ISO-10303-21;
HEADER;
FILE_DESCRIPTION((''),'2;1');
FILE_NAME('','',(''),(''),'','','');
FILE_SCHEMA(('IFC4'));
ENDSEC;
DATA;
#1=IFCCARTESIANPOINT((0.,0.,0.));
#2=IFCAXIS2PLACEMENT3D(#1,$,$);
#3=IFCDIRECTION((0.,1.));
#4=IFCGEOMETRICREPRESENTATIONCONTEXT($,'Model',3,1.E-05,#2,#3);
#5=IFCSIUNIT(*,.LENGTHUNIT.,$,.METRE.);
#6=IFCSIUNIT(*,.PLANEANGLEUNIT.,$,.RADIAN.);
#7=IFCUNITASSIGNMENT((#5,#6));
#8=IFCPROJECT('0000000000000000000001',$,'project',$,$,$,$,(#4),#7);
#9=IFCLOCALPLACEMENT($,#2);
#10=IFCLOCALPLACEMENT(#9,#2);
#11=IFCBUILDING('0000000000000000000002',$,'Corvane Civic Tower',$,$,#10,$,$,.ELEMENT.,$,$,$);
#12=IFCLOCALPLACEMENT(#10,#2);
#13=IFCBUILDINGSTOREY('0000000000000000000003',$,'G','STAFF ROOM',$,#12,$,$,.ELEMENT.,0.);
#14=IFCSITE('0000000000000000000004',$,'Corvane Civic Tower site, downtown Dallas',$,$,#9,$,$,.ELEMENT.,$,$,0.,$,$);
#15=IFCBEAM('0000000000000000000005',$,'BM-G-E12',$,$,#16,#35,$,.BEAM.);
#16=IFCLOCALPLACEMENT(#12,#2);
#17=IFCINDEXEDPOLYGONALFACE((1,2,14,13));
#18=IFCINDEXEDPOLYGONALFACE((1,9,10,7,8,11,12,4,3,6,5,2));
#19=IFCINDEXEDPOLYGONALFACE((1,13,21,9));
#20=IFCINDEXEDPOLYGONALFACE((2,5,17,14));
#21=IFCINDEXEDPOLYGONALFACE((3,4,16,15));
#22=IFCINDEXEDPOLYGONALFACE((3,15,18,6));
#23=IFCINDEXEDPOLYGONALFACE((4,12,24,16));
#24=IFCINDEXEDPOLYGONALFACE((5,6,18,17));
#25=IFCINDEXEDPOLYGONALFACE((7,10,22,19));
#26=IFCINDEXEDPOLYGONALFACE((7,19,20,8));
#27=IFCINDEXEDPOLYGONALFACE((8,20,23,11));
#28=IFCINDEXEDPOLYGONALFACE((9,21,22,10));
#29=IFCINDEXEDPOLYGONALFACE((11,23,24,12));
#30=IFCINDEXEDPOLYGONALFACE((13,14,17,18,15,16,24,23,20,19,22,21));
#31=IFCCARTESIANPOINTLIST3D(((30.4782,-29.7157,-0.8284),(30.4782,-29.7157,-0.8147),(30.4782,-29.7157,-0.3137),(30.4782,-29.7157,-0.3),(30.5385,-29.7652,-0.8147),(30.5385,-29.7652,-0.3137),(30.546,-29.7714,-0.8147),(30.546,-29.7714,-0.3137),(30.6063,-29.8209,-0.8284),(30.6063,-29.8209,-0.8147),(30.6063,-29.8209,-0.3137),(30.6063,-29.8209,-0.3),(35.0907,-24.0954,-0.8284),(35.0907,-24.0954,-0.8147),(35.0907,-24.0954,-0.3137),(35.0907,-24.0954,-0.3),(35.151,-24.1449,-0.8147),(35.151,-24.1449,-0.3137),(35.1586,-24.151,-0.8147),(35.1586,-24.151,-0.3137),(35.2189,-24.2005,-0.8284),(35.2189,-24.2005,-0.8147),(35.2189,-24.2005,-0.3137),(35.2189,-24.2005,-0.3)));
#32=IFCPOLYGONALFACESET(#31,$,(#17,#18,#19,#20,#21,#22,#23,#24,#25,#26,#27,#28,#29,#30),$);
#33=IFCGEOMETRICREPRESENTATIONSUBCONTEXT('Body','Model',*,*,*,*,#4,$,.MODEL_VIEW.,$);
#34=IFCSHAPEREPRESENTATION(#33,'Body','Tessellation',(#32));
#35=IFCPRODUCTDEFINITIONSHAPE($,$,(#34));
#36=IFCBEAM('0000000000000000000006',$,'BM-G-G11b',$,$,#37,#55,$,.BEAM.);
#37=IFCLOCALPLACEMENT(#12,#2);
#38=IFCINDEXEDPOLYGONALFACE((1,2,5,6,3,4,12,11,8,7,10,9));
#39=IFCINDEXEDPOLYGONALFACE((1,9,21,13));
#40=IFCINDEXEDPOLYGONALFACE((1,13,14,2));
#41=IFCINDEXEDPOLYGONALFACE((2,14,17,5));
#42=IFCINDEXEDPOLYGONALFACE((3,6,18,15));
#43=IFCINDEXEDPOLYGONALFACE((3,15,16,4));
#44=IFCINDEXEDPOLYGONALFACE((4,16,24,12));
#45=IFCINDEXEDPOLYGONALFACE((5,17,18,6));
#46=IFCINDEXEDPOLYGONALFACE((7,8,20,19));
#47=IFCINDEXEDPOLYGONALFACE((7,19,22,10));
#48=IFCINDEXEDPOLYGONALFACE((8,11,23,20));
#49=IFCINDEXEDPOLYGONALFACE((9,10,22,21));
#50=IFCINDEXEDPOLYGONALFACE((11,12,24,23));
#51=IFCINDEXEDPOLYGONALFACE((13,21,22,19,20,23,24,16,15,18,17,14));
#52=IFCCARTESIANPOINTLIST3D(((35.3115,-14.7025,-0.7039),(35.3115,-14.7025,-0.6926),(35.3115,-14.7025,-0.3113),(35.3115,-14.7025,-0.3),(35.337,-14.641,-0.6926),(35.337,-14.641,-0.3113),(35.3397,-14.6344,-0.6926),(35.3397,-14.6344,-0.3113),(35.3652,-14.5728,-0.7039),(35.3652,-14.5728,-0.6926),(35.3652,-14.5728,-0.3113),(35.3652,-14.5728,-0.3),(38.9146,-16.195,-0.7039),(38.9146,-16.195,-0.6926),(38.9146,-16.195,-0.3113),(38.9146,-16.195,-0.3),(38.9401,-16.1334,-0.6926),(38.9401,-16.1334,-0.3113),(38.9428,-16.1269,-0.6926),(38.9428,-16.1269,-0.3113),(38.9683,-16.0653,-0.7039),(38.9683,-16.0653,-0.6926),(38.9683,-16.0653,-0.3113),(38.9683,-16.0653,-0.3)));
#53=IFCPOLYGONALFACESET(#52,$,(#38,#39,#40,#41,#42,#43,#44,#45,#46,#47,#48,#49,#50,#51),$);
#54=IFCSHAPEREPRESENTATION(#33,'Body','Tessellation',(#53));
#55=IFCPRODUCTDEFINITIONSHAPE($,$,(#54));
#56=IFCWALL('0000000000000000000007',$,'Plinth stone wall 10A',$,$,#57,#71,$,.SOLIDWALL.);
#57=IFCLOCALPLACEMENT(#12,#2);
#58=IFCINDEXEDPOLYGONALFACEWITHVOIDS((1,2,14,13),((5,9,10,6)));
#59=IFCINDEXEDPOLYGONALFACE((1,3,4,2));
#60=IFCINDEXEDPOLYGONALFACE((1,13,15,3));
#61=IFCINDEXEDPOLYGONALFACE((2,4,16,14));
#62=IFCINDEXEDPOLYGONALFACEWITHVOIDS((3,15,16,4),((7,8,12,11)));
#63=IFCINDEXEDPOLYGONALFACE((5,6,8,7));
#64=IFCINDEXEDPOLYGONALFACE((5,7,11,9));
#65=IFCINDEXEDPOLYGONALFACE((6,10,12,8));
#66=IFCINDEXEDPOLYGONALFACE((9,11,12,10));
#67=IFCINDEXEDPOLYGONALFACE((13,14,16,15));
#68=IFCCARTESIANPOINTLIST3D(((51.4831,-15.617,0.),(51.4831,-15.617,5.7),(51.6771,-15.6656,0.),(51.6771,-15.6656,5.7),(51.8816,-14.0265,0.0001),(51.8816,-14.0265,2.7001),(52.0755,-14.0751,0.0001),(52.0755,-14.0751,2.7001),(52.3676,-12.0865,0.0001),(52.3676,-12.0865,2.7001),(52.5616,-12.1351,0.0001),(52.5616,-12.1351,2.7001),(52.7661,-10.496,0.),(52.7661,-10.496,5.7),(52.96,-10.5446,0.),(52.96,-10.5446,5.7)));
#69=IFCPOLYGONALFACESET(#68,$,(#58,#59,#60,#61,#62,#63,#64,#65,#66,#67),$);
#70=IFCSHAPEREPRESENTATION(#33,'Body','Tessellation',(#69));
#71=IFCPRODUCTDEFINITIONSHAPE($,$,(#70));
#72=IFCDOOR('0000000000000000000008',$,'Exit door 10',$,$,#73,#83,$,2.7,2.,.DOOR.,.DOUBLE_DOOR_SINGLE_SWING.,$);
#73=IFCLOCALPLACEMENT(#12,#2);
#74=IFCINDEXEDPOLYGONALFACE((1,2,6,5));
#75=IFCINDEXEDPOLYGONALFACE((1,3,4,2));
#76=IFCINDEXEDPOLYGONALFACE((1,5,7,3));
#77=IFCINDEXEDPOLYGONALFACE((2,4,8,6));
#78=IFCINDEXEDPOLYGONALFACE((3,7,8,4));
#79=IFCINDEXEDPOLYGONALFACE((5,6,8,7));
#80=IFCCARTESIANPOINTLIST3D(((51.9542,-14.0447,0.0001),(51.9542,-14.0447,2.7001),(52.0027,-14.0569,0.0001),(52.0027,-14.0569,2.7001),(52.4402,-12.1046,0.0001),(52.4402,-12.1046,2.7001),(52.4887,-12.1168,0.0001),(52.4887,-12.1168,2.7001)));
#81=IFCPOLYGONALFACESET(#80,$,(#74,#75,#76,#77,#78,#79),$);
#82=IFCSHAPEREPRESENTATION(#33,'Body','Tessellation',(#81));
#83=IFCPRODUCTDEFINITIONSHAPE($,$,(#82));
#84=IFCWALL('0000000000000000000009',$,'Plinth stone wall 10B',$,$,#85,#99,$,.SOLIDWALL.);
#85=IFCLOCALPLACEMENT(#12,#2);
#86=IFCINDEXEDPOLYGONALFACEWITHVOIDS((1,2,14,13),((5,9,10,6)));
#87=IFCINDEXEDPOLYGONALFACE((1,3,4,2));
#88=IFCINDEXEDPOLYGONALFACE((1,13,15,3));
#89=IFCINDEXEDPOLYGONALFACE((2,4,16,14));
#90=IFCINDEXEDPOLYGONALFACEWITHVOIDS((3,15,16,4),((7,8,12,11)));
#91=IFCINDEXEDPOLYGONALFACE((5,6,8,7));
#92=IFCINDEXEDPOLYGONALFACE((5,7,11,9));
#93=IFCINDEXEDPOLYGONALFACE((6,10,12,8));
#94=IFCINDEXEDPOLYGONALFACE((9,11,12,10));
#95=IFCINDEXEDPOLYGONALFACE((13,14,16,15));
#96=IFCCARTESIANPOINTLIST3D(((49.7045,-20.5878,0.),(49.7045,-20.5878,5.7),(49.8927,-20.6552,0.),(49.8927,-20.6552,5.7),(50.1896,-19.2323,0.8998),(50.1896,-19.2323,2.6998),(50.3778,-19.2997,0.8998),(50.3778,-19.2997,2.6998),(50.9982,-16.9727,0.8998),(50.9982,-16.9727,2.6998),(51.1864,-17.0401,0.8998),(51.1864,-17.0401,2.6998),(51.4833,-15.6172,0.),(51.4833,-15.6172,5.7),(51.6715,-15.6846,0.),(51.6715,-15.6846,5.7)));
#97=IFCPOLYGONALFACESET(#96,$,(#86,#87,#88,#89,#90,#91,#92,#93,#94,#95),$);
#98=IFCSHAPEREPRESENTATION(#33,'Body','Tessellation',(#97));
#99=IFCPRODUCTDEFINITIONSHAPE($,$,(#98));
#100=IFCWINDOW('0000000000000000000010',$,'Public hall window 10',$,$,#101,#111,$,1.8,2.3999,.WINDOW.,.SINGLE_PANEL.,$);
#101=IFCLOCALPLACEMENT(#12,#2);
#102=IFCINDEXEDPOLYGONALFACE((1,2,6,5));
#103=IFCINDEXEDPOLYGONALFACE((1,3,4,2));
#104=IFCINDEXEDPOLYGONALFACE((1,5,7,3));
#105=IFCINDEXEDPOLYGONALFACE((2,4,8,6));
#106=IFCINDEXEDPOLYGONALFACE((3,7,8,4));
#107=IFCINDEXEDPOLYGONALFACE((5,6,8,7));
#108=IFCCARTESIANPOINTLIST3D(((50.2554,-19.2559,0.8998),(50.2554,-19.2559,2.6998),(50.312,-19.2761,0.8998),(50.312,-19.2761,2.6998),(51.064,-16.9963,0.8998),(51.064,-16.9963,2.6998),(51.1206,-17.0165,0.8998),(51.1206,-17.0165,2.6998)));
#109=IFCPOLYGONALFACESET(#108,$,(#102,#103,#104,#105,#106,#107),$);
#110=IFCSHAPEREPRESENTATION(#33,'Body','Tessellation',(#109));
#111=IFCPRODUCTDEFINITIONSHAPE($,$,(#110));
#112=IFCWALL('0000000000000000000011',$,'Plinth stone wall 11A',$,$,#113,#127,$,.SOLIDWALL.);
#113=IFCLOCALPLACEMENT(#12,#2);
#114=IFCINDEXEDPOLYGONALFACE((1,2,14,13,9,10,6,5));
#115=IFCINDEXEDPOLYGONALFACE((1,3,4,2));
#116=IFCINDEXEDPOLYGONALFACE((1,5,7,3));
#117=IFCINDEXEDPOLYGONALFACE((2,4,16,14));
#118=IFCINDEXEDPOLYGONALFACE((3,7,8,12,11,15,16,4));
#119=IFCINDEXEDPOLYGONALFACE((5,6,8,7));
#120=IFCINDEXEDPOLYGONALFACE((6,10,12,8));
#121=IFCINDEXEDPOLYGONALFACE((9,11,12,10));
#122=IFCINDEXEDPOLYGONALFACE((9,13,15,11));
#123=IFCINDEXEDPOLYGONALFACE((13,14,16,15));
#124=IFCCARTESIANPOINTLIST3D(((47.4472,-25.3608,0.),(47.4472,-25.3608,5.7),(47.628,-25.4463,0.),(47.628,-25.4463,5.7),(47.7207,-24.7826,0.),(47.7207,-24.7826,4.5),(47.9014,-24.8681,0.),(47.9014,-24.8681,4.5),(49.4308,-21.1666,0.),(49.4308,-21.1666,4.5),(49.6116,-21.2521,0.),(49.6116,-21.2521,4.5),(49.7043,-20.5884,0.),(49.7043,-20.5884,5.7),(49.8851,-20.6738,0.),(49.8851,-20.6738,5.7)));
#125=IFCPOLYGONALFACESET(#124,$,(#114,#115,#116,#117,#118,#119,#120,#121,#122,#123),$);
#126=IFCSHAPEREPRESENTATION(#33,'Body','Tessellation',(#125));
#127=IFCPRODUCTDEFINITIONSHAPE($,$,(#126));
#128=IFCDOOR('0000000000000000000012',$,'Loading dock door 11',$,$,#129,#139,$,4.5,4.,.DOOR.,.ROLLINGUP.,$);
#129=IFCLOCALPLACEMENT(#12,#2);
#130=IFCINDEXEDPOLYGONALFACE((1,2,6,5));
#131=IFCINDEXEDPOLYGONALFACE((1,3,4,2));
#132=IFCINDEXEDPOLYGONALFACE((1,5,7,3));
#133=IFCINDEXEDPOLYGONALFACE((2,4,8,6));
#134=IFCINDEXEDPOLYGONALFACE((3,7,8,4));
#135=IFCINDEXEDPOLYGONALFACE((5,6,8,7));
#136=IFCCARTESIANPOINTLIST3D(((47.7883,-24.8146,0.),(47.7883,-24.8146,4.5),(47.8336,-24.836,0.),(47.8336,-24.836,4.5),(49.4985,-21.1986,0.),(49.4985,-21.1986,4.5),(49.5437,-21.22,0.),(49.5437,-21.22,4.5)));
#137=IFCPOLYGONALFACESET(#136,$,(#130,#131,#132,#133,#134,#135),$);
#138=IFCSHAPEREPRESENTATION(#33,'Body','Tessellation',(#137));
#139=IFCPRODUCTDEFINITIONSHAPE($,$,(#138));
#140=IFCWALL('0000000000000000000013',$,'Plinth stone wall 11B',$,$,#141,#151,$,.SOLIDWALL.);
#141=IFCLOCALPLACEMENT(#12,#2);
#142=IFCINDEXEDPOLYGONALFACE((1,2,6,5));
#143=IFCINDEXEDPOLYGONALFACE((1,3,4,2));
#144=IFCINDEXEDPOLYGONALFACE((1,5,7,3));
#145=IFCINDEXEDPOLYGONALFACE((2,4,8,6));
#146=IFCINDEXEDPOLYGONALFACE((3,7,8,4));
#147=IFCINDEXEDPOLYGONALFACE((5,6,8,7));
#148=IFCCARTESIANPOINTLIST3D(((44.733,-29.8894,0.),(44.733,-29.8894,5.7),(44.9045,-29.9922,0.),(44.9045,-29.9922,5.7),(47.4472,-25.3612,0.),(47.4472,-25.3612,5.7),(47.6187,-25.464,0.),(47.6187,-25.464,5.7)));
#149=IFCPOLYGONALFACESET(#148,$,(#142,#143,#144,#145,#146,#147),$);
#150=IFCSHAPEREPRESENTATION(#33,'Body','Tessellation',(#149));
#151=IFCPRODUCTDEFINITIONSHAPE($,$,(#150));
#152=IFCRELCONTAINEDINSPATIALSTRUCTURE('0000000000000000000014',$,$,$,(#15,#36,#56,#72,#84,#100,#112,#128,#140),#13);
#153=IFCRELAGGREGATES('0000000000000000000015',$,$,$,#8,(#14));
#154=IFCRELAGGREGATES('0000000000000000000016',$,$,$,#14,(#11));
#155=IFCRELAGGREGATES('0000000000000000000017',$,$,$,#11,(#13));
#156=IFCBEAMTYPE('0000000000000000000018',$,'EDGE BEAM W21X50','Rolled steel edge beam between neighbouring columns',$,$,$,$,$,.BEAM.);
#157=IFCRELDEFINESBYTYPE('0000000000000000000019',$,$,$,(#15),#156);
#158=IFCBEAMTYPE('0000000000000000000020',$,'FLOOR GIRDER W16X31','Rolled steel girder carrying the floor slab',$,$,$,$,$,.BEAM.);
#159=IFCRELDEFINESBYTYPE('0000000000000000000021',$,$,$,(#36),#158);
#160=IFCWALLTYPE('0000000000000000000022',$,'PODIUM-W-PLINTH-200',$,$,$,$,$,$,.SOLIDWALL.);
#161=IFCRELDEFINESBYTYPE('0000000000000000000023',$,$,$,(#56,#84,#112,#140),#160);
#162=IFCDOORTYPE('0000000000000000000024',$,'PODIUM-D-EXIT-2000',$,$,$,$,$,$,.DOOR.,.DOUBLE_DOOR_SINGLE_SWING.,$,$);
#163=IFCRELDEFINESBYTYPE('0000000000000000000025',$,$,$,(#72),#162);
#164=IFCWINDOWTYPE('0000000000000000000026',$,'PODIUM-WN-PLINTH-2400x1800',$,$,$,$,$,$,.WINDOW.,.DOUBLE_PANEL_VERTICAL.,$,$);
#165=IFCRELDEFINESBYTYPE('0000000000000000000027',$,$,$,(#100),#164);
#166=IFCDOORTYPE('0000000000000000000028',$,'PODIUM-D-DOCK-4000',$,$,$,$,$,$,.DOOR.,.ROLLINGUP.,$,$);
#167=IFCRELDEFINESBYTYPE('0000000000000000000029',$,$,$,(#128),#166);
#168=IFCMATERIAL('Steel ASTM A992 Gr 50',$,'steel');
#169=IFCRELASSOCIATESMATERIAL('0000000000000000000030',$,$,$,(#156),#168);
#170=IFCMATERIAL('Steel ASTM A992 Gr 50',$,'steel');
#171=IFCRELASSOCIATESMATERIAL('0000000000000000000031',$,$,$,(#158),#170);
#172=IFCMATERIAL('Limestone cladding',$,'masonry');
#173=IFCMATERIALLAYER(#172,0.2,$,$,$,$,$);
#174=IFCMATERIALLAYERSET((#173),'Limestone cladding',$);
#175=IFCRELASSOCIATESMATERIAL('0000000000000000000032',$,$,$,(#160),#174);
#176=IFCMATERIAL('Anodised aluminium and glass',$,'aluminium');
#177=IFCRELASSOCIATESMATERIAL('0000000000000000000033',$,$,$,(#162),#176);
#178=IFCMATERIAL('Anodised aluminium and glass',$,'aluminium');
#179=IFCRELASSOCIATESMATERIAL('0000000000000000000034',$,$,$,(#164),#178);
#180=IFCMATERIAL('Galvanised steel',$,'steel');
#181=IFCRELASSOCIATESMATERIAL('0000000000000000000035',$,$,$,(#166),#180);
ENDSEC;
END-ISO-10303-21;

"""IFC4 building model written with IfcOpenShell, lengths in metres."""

from ifc_helpers import new_model, si_unit, direction, frame, frame_2d, origin, origin_2d, place, context, subcontext, project, spatial, rectangle, i_section, extrude, material, layer, layer_set, material_profile, profile_set, type_object, element, fill, save


model = new_model("IFC4")

# Units and contexts
model_context = context("Model", 3, precision=1e-05, world=origin(), true_north=direction((0.0, 1.0)))
body_context = subcontext(model_context, "Body", "Model", "MODEL_VIEW")
ifc_project = project(units=[si_unit("LENGTHUNIT", "METRE"), si_unit("PLANEANGLEUNIT", "RADIAN")], contexts=[model_context])

# Site, building, storey
site_placement = place(None, origin())
site = spatial("IfcSite", under=ifc_project, at=site_placement, Name="Corvane Civic Tower site, downtown Dallas", CompositionType="ELEMENT", RefElevation=0.0)
building_placement = place(site_placement, origin())
building = spatial("IfcBuilding", under=site, at=building_placement, Name="Corvane Civic Tower", CompositionType="ELEMENT")
storey_placement = place(building_placement, origin())
storey = spatial("IfcBuildingStorey", under=building, at=storey_placement, Name="G", Description="STAFF ROOM", CompositionType="ELEMENT", Elevation=0.0)

# Beams
ifc_material_1 = material(Name="Steel ASTM A992 Gr 50", Category="steel")
ifc_material_profile_1 = material_profile(ifc_material_1, i_section(OverallWidth=0.1658, OverallDepth=0.5283, WebThickness=0.0098, FlangeThickness=0.0137, at=origin_2d()), Name="W21X50")
ifc_profile_set_1 = profile_set([ifc_material_profile_1], Name="Steel ASTM A992 Gr 50")
beam_type_1 = type_object("IfcBeamType", Name="EDGE BEAM W21X50", Description="Rolled steel edge beam between neighbouring columns", PredefinedType="BEAM", material=ifc_profile_set_1)
for number, where, z_axis, x_axis, name in (
    (1, (35.1548, -24.1479, -0.5642), (-0.634396, -0.773008, 0.0), (0.773008, -0.634396, 0.0), "BM-G-E12"),
):
    element("IfcBeam", number, at=place(storey_placement, frame(where, z_axis=z_axis, x_axis=x_axis)), inside=storey, type_object=beam_type_1, Name=name, PredefinedType="BEAM", context=body_context, shape_type="SweptSolid", body=[
        extrude(i_section(OverallWidth=0.1658, OverallDepth=0.5283, WebThickness=0.0098, FlangeThickness=0.0137, at=origin_2d()), origin(), (0.0, 0.0, 1.0), 7.2708),
    ])
ifc_material_2 = material(Name="Steel ASTM A992 Gr 50", Category="steel")
ifc_material_profile_2 = material_profile(ifc_material_2, i_section(OverallWidth=0.1404, OverallDepth=0.4038, WebThickness=0.0071, FlangeThickness=0.0112, at=origin_2d()), Name="W16X31")
ifc_profile_set_2 = profile_set([ifc_material_profile_2], Name="Steel ASTM A992 Gr 50")
beam_type_2 = type_object("IfcBeamType", Name="FLOOR GIRDER W16X31", Description="Rolled steel girder carrying the floor slab", PredefinedType="BEAM", material=ifc_profile_set_2)
beam_1_placement = place(storey_placement, frame((35.3384, -14.6377, -0.502), z_axis=(0.923879, -0.382685, 0.0), x_axis=(0.382685, 0.923879, 0.0)))
element("IfcBeam", 2, at=beam_1_placement, inside=storey, type_object=beam_type_2, Name="BM-G-G11b", PredefinedType="BEAM", context=body_context, shape_type="SweptSolid", body=[
    extrude(i_section(OverallWidth=0.1404, OverallDepth=0.4038, WebThickness=0.0071, FlangeThickness=0.0112, at=origin_2d()), origin(), (0.0, 0.0, 1.0), 3.8999),
])

# Wall, opening, door
ifc_material_3 = material(Name="Limestone cladding", Category="masonry")
ifc_layer_1 = layer(ifc_material_3, 0.2)
ifc_layer_set_1 = layer_set([ifc_layer_1], Name="Limestone cladding")
wall_type_1 = type_object("IfcWallType", Name="PODIUM-W-PLINTH-200", PredefinedType="SOLIDWALL", material=ifc_layer_set_1)
wall_1_placement = place(storey_placement, frame((52.863, -10.5203, 0.0), z_axis=(0.0, 0.0, 1.0), x_axis=(-0.243014, -0.970023, 0.0)))
wall_1 = element("IfcWall", 3, at=wall_1_placement, inside=storey, type_object=wall_type_1, Name="Plinth stone wall 10A", PredefinedType="SOLIDWALL", context=body_context, shape_type="SweptSolid", body=[
    extrude(rectangle(XDim=5.2793, YDim=0.2, at=frame_2d((2.6396, 0.0))), origin(), (0.0, 0.0, 1.0), 5.7),
])
opening_1_placement = place(wall_1_placement, frame((1.6396, 0.0, 0.0)))
opening_1 = element("IfcOpeningElement", 4, at=opening_1_placement, cuts=wall_1, PredefinedType="OPENING", context=body_context, shape_type="SweptSolid", body=[
    extrude(rectangle(XDim=2.0, YDim=2.7, at=frame_2d((1.0, 1.3501))), frame((0.0, 0.1099, 0.0), z_axis=(0.0, -1.0, 0.0), x_axis=(1.0, 0.0, 0.0)), (0.0, 0.0, 1.0), 0.22),
])
ifc_material_4 = material(Name="Anodised aluminium and glass", Category="aluminium")
door_type_1 = type_object("IfcDoorType", Name="PODIUM-D-EXIT-2000", OperationType="DOUBLE_DOOR_SINGLE_SWING", PredefinedType="DOOR", material=ifc_material_4)
door_1_placement = place(opening_1_placement, origin())
door_1 = element("IfcDoor", 5, at=door_1_placement, inside=storey, type_object=door_type_1, Name="Exit door 10", OperationType="DOUBLE_DOOR_SINGLE_SWING", OverallHeight=2.7, OverallWidth=2.0, PredefinedType="DOOR", context=body_context, shape_type="SweptSolid", body=[
    extrude(rectangle(XDim=2.0, YDim=2.7, at=frame_2d((1.0, 1.3501))), frame((0.0, 0.0249, 0.0), z_axis=(0.0, -1.0, 0.0), x_axis=(1.0, 0.0, 0.0)), (0.0, 0.0, 1.0), 0.05),
])
fill(opening_1, door_1)

# Wall, opening, window
wall_2_placement = place(storey_placement, frame((51.5774, -15.6509, 0.0), z_axis=(0.0, 0.0, 1.0), x_axis=(-0.336934, -0.941528, 0.0)))
wall_2 = element("IfcWall", 6, at=wall_2_placement, inside=storey, type_object=wall_type_1, Name="Plinth stone wall 10B", PredefinedType="SOLIDWALL", context=body_context, shape_type="SweptSolid", body=[
    extrude(rectangle(XDim=5.2793, YDim=0.2, at=frame_2d((2.6396, 0.0))), origin(), (0.0, 0.0, 1.0), 5.7),
])
opening_2_placement = place(wall_2_placement, frame((1.4397, 0.0, 0.8999)))
opening_2 = element("IfcOpeningElement", 7, at=opening_2_placement, cuts=wall_2, PredefinedType="OPENING", context=body_context, shape_type="SweptSolid", body=[
    extrude(rectangle(XDim=2.3999, YDim=1.8, at=frame_2d((1.2, 0.8999))), frame((0.0, 0.1099, 0.0), z_axis=(0.0, -1.0, 0.0), x_axis=(1.0, 0.0, 0.0)), (0.0, 0.0, 1.0), 0.22),
])
ifc_material_5 = material(Name="Anodised aluminium and glass", Category="aluminium")
window_type = type_object("IfcWindowType", Name="PODIUM-WN-PLINTH-2400x1800", PartitioningType="DOUBLE_PANEL_VERTICAL", PredefinedType="WINDOW", material=ifc_material_5)
window_1_placement = place(opening_2_placement, origin())
window_1 = element("IfcWindow", 8, at=window_1_placement, inside=storey, type_object=window_type, Name="Public hall window 10", OverallHeight=1.8, OverallWidth=2.3999, PartitioningType="SINGLE_PANEL", PredefinedType="WINDOW", context=body_context, shape_type="SweptSolid", body=[
    extrude(rectangle(XDim=2.3999, YDim=1.8, at=frame_2d((1.2, 0.8999))), frame((0.0, 0.03, 0.0), z_axis=(0.0, -1.0, 0.0), x_axis=(1.0, 0.0, 0.0)), (0.0, 0.0, 1.0), 0.0601),
])
fill(opening_2, window_1)

# Wall, opening, door
wall_3_placement = place(storey_placement, frame((49.7947, -20.6311, 0.0), z_axis=(0.0, 0.0, 1.0), x_axis=(-0.427536, -0.903999, 0.0)))
wall_3 = element("IfcWall", 9, at=wall_3_placement, inside=storey, type_object=wall_type_1, Name="Plinth stone wall 11A", PredefinedType="SOLIDWALL", context=body_context, shape_type="SweptSolid", body=[
    extrude(rectangle(XDim=5.2793, YDim=0.2, at=frame_2d((2.6396, 0.0))), origin(), (0.0, 0.0, 1.0), 5.7),
])
opening_3_placement = place(wall_3_placement, frame((0.6396, 0.0, 0.0)))
opening_3 = element("IfcOpeningElement", 10, at=opening_3_placement, cuts=wall_3, PredefinedType="OPENING", context=body_context, shape_type="SweptSolid", body=[
    extrude(rectangle(XDim=4.0, YDim=4.5, at=frame_2d((2.0, 2.25))), frame((0.0, 0.1099, 0.0), z_axis=(0.0, -1.0, 0.0), x_axis=(1.0, 0.0, 0.0)), (0.0, 0.0, 1.0), 0.22),
])
ifc_material_6 = material(Name="Galvanised steel", Category="steel")
door_type_2 = type_object("IfcDoorType", Name="PODIUM-D-DOCK-4000", OperationType="ROLLINGUP", PredefinedType="DOOR", material=ifc_material_6)
door_2_placement = place(opening_3_placement, origin())
door_2 = element("IfcDoor", 11, at=door_2_placement, inside=storey, type_object=door_type_2, Name="Loading dock door 11", OperationType="ROLLINGUP", OverallHeight=4.5, OverallWidth=4.0, PredefinedType="DOOR", context=body_context, shape_type="SweptSolid", body=[
    extrude(rectangle(XDim=4.0, YDim=4.5, at=frame_2d((2.0, 2.25))), frame((0.0, 0.0249, 0.0), z_axis=(0.0, -1.0, 0.0), x_axis=(1.0, 0.0, 0.0)), (0.0, 0.0, 1.0), 0.05),
])
fill(opening_3, door_2)

# Wall
wall_4_placement = place(storey_placement, frame((47.533, -25.4126, 0.0), z_axis=(0.0, 0.0, 1.0), x_axis=(-0.514115, -0.857721, 0.0)))
element("IfcWall", 12, at=wall_4_placement, inside=storey, type_object=wall_type_1, Name="Plinth stone wall 11B", PredefinedType="SOLIDWALL", context=body_context, shape_type="SweptSolid", body=[
    extrude(rectangle(XDim=5.2793, YDim=0.2, at=frame_2d((2.6396, 0.0))), origin(), (0.0, 0.0, 1.0), 5.7),
])

save(model, "model.ifc")
